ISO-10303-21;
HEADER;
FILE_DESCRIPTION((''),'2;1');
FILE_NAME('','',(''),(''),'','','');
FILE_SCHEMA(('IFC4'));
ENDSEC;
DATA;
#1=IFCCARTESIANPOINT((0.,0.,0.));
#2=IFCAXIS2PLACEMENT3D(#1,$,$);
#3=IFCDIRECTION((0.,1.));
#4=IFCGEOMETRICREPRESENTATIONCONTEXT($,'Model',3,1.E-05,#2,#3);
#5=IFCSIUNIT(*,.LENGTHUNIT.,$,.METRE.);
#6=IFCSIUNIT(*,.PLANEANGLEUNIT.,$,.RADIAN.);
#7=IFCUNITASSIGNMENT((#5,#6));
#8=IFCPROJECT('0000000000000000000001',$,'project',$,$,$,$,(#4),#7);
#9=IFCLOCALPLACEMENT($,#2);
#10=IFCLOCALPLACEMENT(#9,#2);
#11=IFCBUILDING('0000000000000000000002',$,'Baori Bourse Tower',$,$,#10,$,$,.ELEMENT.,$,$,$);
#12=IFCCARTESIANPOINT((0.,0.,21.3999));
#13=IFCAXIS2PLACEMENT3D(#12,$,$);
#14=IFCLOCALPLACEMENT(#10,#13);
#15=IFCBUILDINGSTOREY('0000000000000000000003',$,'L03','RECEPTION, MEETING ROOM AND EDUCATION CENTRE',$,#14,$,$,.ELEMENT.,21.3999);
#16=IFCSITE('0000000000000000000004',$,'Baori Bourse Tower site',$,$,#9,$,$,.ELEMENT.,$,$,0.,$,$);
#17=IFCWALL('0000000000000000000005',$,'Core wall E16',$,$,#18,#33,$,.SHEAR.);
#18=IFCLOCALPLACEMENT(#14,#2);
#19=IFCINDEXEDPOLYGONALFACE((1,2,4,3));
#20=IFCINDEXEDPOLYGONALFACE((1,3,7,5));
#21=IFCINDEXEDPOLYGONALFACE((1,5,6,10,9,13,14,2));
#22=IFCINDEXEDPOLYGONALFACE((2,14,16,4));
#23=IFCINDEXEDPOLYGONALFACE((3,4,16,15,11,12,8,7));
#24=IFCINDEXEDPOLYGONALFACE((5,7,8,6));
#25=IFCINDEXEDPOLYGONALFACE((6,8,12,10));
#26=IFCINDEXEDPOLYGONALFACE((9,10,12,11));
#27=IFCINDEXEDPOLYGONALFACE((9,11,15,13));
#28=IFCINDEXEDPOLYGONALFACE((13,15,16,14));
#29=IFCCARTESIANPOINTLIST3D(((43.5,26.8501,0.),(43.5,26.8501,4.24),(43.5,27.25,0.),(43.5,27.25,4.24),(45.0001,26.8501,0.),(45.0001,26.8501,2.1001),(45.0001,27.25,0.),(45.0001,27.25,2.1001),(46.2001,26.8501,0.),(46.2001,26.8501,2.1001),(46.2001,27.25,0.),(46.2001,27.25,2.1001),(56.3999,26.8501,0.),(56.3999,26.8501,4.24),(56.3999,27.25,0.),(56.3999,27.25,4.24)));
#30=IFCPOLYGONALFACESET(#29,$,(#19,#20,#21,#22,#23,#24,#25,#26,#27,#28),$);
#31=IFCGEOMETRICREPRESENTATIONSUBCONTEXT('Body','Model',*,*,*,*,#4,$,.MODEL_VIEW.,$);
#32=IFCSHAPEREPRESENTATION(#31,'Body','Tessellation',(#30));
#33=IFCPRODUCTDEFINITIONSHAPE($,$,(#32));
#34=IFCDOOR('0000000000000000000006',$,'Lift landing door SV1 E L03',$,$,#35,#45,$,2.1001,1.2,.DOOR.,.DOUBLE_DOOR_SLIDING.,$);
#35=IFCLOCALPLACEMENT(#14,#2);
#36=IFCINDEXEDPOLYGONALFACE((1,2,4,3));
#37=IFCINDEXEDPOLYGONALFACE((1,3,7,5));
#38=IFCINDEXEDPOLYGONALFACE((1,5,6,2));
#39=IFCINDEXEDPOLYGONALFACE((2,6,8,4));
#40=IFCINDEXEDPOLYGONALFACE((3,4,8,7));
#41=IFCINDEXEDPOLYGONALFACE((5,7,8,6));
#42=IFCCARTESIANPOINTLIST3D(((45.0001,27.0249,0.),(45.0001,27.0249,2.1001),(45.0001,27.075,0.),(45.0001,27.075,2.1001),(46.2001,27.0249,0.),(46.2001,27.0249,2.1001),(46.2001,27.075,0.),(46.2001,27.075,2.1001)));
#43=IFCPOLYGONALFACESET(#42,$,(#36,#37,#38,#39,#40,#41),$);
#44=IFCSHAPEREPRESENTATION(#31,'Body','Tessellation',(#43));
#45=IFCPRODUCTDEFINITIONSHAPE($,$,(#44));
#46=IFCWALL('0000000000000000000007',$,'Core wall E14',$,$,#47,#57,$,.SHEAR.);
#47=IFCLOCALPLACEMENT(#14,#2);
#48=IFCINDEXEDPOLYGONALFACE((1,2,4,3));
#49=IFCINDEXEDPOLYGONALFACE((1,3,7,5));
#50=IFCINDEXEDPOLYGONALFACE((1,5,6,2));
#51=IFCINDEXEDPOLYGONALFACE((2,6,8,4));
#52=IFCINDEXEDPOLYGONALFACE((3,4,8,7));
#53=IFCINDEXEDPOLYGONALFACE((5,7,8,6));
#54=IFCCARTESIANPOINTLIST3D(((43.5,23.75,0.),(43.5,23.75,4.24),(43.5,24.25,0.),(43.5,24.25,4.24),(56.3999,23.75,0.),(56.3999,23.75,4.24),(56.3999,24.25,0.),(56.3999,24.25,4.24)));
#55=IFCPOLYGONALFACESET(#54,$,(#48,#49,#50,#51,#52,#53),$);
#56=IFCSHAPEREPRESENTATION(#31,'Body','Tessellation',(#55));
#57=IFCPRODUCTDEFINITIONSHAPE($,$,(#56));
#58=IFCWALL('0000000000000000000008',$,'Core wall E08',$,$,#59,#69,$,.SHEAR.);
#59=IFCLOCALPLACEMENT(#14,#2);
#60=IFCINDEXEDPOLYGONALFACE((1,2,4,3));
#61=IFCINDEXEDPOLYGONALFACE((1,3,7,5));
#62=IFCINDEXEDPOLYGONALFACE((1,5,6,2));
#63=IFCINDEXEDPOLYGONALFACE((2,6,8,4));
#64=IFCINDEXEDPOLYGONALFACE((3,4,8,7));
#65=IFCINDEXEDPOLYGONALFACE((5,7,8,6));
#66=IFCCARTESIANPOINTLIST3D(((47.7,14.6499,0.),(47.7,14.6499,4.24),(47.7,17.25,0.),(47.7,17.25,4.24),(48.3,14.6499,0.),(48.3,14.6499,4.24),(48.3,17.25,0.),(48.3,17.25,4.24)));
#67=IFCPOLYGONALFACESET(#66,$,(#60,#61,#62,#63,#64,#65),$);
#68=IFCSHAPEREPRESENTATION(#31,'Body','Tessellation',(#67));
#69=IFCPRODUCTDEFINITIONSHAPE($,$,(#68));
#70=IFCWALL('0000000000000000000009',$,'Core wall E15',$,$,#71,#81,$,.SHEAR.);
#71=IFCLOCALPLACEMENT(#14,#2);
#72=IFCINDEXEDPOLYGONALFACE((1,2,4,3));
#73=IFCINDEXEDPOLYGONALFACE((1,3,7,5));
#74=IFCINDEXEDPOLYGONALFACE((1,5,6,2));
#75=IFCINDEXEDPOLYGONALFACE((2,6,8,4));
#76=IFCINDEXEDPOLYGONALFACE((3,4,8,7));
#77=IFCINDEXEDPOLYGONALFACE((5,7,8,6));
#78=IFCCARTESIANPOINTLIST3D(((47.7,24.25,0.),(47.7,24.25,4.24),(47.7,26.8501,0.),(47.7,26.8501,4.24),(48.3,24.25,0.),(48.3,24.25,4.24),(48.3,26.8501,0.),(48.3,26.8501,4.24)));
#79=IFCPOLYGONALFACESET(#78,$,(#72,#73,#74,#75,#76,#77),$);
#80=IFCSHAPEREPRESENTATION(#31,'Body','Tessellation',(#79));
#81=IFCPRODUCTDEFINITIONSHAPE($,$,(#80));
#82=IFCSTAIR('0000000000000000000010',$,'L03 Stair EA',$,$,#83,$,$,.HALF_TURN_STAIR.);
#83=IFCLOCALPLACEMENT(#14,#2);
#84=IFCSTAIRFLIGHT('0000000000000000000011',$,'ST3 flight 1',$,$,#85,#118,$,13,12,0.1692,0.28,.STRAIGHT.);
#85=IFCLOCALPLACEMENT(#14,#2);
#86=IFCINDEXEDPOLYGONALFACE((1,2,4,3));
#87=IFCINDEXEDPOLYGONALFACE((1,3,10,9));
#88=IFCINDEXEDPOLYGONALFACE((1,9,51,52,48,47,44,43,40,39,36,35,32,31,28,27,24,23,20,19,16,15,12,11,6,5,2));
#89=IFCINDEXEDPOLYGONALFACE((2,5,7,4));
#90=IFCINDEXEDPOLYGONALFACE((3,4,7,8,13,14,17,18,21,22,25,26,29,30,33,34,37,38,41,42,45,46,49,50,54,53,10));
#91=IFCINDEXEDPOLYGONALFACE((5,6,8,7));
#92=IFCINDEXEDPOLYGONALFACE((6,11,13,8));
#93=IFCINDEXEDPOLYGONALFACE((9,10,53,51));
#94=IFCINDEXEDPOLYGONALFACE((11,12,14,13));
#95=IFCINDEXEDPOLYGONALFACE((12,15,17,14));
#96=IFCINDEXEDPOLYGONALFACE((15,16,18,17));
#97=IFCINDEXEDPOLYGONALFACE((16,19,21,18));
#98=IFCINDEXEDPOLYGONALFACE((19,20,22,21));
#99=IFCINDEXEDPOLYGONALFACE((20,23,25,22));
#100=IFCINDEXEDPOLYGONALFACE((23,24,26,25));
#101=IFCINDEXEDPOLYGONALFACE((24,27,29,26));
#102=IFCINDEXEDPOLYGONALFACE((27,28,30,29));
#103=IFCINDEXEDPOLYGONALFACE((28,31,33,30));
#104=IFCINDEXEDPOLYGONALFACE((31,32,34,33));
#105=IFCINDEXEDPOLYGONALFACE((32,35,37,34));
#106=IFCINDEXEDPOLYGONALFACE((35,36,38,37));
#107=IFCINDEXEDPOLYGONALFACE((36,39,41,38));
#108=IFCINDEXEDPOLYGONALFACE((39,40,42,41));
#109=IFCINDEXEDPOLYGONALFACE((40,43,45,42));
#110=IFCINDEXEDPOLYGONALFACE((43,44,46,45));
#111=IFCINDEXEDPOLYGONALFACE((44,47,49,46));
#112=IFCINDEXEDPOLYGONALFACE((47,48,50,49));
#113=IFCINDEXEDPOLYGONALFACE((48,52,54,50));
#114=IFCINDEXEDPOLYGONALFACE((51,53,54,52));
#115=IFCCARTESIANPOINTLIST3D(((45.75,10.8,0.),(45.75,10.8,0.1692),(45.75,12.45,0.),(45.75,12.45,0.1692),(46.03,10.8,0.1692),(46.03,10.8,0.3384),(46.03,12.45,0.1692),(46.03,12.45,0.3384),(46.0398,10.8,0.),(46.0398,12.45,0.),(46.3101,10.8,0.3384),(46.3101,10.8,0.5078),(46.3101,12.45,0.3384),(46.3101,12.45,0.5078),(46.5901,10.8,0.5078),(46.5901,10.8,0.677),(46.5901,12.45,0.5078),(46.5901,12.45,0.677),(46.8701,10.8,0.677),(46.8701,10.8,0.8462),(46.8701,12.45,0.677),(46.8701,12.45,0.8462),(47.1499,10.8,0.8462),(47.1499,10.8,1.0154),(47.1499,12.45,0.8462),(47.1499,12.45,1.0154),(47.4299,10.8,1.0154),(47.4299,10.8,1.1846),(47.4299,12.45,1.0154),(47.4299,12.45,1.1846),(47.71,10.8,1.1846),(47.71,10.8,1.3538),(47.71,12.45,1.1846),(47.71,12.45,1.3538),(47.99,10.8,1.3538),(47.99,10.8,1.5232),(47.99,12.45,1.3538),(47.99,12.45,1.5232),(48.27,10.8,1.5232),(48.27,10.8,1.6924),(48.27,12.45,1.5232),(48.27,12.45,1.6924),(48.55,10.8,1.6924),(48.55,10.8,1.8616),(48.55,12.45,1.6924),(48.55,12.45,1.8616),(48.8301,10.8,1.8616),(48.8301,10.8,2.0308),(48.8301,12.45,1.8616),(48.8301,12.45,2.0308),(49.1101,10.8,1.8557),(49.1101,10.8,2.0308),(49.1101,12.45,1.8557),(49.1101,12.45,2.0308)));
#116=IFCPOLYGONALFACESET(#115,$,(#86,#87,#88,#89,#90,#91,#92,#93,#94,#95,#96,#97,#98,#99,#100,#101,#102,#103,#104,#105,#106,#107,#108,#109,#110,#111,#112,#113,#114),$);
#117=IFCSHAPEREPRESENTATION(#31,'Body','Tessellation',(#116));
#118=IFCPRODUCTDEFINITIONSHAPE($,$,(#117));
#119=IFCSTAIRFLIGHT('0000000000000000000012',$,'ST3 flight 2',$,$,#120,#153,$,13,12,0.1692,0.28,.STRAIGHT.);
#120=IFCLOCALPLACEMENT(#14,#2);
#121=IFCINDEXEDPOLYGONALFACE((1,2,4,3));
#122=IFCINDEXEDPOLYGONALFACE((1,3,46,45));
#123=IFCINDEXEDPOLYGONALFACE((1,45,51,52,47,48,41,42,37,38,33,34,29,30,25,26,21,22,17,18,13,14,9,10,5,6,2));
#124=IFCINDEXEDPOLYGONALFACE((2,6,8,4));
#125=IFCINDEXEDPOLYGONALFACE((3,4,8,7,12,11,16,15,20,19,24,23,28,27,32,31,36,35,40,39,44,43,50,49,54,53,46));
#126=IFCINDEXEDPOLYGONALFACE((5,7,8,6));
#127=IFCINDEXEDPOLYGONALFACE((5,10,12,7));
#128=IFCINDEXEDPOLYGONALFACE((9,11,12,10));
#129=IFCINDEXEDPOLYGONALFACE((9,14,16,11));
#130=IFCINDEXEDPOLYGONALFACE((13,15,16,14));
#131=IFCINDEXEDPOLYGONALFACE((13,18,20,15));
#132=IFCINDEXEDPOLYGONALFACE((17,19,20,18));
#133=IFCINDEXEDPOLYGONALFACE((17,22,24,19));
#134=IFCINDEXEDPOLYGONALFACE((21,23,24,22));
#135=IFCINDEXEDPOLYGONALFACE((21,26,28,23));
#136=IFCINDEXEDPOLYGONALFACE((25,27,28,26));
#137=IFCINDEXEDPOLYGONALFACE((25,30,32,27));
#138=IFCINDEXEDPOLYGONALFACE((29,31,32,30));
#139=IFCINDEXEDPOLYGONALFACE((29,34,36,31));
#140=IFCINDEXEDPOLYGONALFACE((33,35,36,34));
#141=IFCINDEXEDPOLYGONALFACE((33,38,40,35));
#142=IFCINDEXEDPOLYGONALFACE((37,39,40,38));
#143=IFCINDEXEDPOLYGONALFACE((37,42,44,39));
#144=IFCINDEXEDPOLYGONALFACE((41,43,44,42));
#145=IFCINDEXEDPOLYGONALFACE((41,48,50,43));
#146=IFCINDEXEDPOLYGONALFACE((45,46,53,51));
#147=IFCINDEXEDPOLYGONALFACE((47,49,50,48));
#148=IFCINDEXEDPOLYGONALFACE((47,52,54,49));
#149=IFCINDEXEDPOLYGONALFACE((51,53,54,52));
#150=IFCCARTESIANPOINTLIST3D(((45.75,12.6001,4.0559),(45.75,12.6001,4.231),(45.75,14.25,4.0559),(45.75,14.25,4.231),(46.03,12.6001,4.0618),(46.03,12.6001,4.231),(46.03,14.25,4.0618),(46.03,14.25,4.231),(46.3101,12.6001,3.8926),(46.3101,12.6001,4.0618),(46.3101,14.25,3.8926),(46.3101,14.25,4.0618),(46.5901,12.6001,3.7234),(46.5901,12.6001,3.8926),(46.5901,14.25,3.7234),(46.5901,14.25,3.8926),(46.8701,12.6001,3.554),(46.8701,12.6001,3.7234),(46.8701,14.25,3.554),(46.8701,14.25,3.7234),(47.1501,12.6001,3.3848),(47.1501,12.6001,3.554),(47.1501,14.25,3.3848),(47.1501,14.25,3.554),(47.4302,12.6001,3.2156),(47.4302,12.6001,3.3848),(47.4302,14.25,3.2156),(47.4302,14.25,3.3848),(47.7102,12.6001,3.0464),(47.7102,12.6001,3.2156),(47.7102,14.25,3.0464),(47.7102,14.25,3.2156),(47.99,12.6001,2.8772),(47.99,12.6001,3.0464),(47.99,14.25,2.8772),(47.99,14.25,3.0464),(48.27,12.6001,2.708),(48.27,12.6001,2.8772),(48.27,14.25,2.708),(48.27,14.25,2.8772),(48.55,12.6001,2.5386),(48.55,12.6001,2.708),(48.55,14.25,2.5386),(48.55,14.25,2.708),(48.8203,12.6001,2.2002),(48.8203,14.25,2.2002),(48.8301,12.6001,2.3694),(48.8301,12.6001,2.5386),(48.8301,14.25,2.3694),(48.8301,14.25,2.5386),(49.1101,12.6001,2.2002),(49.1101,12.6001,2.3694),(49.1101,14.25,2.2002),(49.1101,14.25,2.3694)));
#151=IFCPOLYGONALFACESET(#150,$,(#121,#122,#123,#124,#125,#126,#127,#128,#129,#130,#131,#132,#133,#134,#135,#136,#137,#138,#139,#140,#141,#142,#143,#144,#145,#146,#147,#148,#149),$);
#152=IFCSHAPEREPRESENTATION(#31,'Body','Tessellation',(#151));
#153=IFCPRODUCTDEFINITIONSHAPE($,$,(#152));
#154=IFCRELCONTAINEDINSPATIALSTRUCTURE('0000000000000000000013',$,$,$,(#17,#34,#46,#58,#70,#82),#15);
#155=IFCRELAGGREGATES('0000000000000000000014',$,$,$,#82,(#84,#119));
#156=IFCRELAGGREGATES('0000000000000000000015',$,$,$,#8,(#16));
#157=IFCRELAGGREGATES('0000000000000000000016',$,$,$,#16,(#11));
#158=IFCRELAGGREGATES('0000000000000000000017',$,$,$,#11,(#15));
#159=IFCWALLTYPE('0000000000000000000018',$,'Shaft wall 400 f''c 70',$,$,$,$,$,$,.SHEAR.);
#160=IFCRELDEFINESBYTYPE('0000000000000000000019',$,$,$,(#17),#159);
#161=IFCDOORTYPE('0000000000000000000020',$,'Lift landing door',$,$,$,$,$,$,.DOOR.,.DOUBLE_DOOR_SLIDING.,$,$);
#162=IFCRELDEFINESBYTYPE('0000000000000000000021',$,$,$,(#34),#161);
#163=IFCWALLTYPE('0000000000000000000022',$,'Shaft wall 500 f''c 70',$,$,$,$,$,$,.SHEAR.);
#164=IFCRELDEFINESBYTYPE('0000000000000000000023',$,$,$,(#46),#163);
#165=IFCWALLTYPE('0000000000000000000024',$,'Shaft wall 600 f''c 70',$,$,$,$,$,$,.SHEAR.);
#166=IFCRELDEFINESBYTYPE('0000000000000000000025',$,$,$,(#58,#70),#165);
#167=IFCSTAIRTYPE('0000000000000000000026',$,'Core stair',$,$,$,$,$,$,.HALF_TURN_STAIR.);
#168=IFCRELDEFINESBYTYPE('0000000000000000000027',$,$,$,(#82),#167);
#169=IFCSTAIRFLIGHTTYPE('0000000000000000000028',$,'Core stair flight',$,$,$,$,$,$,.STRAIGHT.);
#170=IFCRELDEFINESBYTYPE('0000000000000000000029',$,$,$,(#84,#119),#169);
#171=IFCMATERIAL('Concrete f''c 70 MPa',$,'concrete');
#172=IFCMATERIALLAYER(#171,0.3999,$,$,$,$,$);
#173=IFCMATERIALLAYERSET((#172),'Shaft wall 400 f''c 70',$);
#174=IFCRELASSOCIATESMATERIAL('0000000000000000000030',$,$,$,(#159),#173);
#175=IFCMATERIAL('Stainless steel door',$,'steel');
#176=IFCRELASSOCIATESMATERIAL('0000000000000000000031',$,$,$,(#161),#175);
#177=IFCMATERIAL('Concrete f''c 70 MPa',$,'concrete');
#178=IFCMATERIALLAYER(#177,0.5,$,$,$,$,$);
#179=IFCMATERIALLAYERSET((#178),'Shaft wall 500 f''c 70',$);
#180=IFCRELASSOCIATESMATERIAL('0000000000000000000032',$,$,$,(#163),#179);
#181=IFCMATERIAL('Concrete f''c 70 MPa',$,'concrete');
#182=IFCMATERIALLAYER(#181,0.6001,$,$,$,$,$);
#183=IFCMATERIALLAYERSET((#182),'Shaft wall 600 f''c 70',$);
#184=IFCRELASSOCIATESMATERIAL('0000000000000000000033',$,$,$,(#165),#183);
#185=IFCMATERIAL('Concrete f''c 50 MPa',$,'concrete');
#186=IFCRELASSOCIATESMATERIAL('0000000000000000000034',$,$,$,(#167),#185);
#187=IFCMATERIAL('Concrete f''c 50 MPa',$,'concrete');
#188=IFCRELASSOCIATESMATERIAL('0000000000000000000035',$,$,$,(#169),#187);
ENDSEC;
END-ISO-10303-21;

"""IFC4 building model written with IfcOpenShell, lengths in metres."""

from ifc_helpers import new_model, si_unit, direction, frame, frame_2d, origin, place, context, subcontext, project, spatial, polyline, rectangle, outline, extrude, material, layer, layer_set, type_object, element, fill, aggregate, save


model = new_model("IFC4")

# Units and contexts
model_context = context("Model", 3, precision=1e-05, world=origin(), true_north=direction((0.0, 1.0)))
body_context = subcontext(model_context, "Body", "Model", "MODEL_VIEW")
ifc_project = project(units=[si_unit("LENGTHUNIT", "METRE"), si_unit("PLANEANGLEUNIT", "RADIAN")], contexts=[model_context])

# Site, building, storey
site_placement = place(None, origin())
site = spatial("IfcSite", under=ifc_project, at=site_placement, Name="Baori Bourse Tower site", CompositionType="ELEMENT", RefElevation=0.0)
building_placement = place(site_placement, origin())
building = spatial("IfcBuilding", under=site, at=building_placement, Name="Baori Bourse Tower", CompositionType="ELEMENT")
storey_placement = place(building_placement, frame((0.0, 0.0, 21.3999)))
storey = spatial("IfcBuildingStorey", under=building, at=storey_placement, Name="L03", Description="RECEPTION, MEETING ROOM AND EDUCATION CENTRE", CompositionType="ELEMENT", Elevation=21.3999)

# Shared definitions
ifc_material_1 = material(Name="Concrete f'c 70 MPa", Category="concrete")
ifc_layer_1 = layer(ifc_material_1, 0.3999)
ifc_layer_set_1 = layer_set([ifc_layer_1], Name="Shaft wall 400 f'c 70")
wall_type_1 = type_object("IfcWallType", Name="Shaft wall 400 f'c 70", PredefinedType="SHEAR", material=ifc_layer_set_1)

# Shared definitions
ifc_material_2 = material(Name="Stainless steel door", Category="steel")
door_type_1 = type_object("IfcDoorType", Name="Lift landing door", OperationType="DOUBLE_DOOR_SLIDING", PredefinedType="DOOR", material=ifc_material_2)

# Wall, opening, door
wall_1_placement = place(storey_placement, frame((43.5, 27.05, 0.0), z_axis=(0.0, 0.0, 1.0), x_axis=(1.0, 0.0, 0.0)))
wall_1 = element("IfcWall", 1, at=wall_1_placement, inside=storey, type_object=wall_type_1, Name="Core wall E16", PredefinedType="SHEAR", context=body_context, shape_type="SweptSolid", body=[
    extrude(rectangle(XDim=12.8999, YDim=0.3999, at=frame_2d((6.45, 0.0))), origin(), (0.0, 0.0, 1.0), 4.24),
])
opening_1_placement = place(wall_1_placement, frame((1.5, 0.0, 0.0)))
opening_1 = element("IfcOpeningElement", 2, at=opening_1_placement, cuts=wall_1, PredefinedType="OPENING", context=body_context, shape_type="SweptSolid", body=[
    extrude(rectangle(XDim=1.2, YDim=2.1001, at=frame_2d((0.6001, 1.05))), frame((0.0, 0.21, 0.0), z_axis=(0.0, -1.0, 0.0), x_axis=(1.0, 0.0, 0.0)), (0.0, 0.0, 1.0), 0.4199),
])
door_1_placement = place(opening_1_placement, origin())
door_1 = element("IfcDoor", 3, at=door_1_placement, inside=storey, type_object=door_type_1, Name="Lift landing door SV1 E L03", OperationType="DOUBLE_DOOR_SLIDING", OverallHeight=2.1001, OverallWidth=1.2, PredefinedType="DOOR", context=body_context, shape_type="SweptSolid", body=[
    extrude(rectangle(XDim=1.2, YDim=2.1001, at=frame_2d((0.6001, 1.05))), frame((0.0, 0.0249, 0.0), z_axis=(0.0, -1.0, 0.0), x_axis=(1.0, 0.0, 0.0)), (0.0, 0.0, 1.0), 0.05),
])
fill(opening_1, door_1)

# Walls
ifc_material_3 = material(Name="Concrete f'c 70 MPa", Category="concrete")
ifc_layer_2 = layer(ifc_material_3, 0.5)
ifc_layer_set_2 = layer_set([ifc_layer_2], Name="Shaft wall 500 f'c 70")
wall_type_2 = type_object("IfcWallType", Name="Shaft wall 500 f'c 70", PredefinedType="SHEAR", material=ifc_layer_set_2)
wall_2_placement = place(storey_placement, frame((43.5, 24.0, 0.0), z_axis=(0.0, 0.0, 1.0), x_axis=(1.0, 0.0, 0.0)))
element("IfcWall", 4, at=wall_2_placement, inside=storey, type_object=wall_type_2, Name="Core wall E14", PredefinedType="SHEAR", context=body_context, shape_type="SweptSolid", body=[
    extrude(rectangle(XDim=12.8999, YDim=0.5, at=frame_2d((6.45, 0.0))), origin(), (0.0, 0.0, 1.0), 4.24),
])
ifc_material_4 = material(Name="Concrete f'c 70 MPa", Category="concrete")
ifc_layer_3 = layer(ifc_material_4, 0.6001)
ifc_layer_set_3 = layer_set([ifc_layer_3], Name="Shaft wall 600 f'c 70")
wall_type_3 = type_object("IfcWallType", Name="Shaft wall 600 f'c 70", PredefinedType="SHEAR", material=ifc_layer_set_3)
for number, where, z_axis, x_axis, name in (
    (5, (48.0, 14.6499, 0.0), (0.0, 0.0, 1.0), (0.0, 1.0, 0.0), "Core wall E08"),
    (6, (48.0, 24.25, 0.0), (0.0, 0.0, 1.0), (0.0, 1.0, 0.0), "Core wall E15"),
):
    element("IfcWall", number, at=place(storey_placement, frame(where, z_axis=z_axis, x_axis=x_axis)), inside=storey, type_object=wall_type_3, Name=name, PredefinedType="SHEAR", context=body_context, shape_type="SweptSolid", body=[
        extrude(rectangle(XDim=2.6001, YDim=0.6001, at=frame_2d((1.3, 0.0))), origin(), (0.0, 0.0, 1.0), 4.24),
    ])

# Stair, stair flights
ifc_material_5 = material(Name="Concrete f'c 50 MPa", Category="concrete")
stair_type = type_object("IfcStairType", Name="Core stair", PredefinedType="HALF_TURN_STAIR", material=ifc_material_5)
stair_placement = place(storey_placement, origin())
stair = element("IfcStair", 7, at=stair_placement, inside=storey, type_object=stair_type, Name="L03 Stair EA", PredefinedType="HALF_TURN_STAIR")
ifc_material_6 = material(Name="Concrete f'c 50 MPa", Category="concrete")
stair_flight_type = type_object("IfcStairFlightType", Name="Core stair flight", PredefinedType="STRAIGHT", material=ifc_material_6)
stair_flight_1_placement = place(storey_placement, frame((45.75, 11.625, 0.0), z_axis=(0.0, 0.0, 1.0), x_axis=(1.0, 0.0, 0.0)))
stair_flight_1 = element("IfcStairFlight", 8, at=stair_flight_1_placement, type_object=stair_flight_type, Name="ST3 flight 1", NumberOfRisers=13, NumberOfTreads=12, PredefinedType="STRAIGHT", RiserHeight=0.1692, TreadLength=0.28, context=body_context, shape_type="SweptSolid", body=[
    extrude(outline(polyline([(0.0, 0.0), (0.0, 0.1692), (0.28, 0.1692), (0.28, 0.3384), (0.5601, 0.3384), (0.5601, 0.5078), (0.8401, 0.5078), (0.8401, 0.677), (1.1201, 0.677), (1.1201, 0.8462), (1.3999, 0.8462), (1.3999, 1.0154), (1.6799, 1.0154), (1.6799, 1.1846), (1.96, 1.1846), (1.96, 1.3538), (2.24, 1.3538), (2.24, 1.5232), (2.52, 1.5232), (2.52, 1.6924), (2.8, 1.6924), (2.8, 1.8616), (3.0801, 1.8616), (3.0801, 2.0308), (3.3601, 2.0308), (3.3601, 2.2), (3.3601, 1.8557), (0.2898, 0.0), (0.0, 0.0)])), frame((0.0, 0.825, 0.0), z_axis=(0.0, -1.0, 0.0), x_axis=(1.0, 0.0, 0.0)), (0.0, 0.0, 1.0), 1.6499),
])
stair_flight_2_placement = place(storey_placement, frame((49.1101, 13.425, 2.2002), z_axis=(0.0, 0.0, 1.0), x_axis=(-1.0, 0.0, 0.0)))
stair_flight_2 = element("IfcStairFlight", 9, at=stair_flight_2_placement, type_object=stair_flight_type, Name="ST3 flight 2", NumberOfRisers=13, NumberOfTreads=12, PredefinedType="STRAIGHT", RiserHeight=0.1692, TreadLength=0.28, context=body_context, shape_type="SweptSolid", body=[
    extrude(outline(polyline([(0.0, 0.0), (0.0, 0.1692), (0.28, 0.1692), (0.28, 0.3384), (0.5601, 0.3384), (0.5601, 0.5078), (0.8401, 0.5078), (0.8401, 0.677), (1.1201, 0.677), (1.1201, 0.8462), (1.3999, 0.8462), (1.3999, 1.0154), (1.6799, 1.0154), (1.6799, 1.1846), (1.96, 1.1846), (1.96, 1.3538), (2.24, 1.3538), (2.24, 1.5232), (2.52, 1.5232), (2.52, 1.6924), (2.8, 1.6924), (2.8, 1.8616), (3.0801, 1.8616), (3.0801, 2.0308), (3.3601, 2.0308), (3.3601, 2.2), (3.3601, 1.8557), (0.2898, 0.0), (0.0, 0.0)])), frame((0.0, 0.825, 0.0), z_axis=(0.0, -1.0, 0.0), x_axis=(1.0, 0.0, 0.0)), (0.0, 0.0, 1.0), 1.6499),
])
aggregate(stair, [stair_flight_1, stair_flight_2])

save(model, "model.ifc")
